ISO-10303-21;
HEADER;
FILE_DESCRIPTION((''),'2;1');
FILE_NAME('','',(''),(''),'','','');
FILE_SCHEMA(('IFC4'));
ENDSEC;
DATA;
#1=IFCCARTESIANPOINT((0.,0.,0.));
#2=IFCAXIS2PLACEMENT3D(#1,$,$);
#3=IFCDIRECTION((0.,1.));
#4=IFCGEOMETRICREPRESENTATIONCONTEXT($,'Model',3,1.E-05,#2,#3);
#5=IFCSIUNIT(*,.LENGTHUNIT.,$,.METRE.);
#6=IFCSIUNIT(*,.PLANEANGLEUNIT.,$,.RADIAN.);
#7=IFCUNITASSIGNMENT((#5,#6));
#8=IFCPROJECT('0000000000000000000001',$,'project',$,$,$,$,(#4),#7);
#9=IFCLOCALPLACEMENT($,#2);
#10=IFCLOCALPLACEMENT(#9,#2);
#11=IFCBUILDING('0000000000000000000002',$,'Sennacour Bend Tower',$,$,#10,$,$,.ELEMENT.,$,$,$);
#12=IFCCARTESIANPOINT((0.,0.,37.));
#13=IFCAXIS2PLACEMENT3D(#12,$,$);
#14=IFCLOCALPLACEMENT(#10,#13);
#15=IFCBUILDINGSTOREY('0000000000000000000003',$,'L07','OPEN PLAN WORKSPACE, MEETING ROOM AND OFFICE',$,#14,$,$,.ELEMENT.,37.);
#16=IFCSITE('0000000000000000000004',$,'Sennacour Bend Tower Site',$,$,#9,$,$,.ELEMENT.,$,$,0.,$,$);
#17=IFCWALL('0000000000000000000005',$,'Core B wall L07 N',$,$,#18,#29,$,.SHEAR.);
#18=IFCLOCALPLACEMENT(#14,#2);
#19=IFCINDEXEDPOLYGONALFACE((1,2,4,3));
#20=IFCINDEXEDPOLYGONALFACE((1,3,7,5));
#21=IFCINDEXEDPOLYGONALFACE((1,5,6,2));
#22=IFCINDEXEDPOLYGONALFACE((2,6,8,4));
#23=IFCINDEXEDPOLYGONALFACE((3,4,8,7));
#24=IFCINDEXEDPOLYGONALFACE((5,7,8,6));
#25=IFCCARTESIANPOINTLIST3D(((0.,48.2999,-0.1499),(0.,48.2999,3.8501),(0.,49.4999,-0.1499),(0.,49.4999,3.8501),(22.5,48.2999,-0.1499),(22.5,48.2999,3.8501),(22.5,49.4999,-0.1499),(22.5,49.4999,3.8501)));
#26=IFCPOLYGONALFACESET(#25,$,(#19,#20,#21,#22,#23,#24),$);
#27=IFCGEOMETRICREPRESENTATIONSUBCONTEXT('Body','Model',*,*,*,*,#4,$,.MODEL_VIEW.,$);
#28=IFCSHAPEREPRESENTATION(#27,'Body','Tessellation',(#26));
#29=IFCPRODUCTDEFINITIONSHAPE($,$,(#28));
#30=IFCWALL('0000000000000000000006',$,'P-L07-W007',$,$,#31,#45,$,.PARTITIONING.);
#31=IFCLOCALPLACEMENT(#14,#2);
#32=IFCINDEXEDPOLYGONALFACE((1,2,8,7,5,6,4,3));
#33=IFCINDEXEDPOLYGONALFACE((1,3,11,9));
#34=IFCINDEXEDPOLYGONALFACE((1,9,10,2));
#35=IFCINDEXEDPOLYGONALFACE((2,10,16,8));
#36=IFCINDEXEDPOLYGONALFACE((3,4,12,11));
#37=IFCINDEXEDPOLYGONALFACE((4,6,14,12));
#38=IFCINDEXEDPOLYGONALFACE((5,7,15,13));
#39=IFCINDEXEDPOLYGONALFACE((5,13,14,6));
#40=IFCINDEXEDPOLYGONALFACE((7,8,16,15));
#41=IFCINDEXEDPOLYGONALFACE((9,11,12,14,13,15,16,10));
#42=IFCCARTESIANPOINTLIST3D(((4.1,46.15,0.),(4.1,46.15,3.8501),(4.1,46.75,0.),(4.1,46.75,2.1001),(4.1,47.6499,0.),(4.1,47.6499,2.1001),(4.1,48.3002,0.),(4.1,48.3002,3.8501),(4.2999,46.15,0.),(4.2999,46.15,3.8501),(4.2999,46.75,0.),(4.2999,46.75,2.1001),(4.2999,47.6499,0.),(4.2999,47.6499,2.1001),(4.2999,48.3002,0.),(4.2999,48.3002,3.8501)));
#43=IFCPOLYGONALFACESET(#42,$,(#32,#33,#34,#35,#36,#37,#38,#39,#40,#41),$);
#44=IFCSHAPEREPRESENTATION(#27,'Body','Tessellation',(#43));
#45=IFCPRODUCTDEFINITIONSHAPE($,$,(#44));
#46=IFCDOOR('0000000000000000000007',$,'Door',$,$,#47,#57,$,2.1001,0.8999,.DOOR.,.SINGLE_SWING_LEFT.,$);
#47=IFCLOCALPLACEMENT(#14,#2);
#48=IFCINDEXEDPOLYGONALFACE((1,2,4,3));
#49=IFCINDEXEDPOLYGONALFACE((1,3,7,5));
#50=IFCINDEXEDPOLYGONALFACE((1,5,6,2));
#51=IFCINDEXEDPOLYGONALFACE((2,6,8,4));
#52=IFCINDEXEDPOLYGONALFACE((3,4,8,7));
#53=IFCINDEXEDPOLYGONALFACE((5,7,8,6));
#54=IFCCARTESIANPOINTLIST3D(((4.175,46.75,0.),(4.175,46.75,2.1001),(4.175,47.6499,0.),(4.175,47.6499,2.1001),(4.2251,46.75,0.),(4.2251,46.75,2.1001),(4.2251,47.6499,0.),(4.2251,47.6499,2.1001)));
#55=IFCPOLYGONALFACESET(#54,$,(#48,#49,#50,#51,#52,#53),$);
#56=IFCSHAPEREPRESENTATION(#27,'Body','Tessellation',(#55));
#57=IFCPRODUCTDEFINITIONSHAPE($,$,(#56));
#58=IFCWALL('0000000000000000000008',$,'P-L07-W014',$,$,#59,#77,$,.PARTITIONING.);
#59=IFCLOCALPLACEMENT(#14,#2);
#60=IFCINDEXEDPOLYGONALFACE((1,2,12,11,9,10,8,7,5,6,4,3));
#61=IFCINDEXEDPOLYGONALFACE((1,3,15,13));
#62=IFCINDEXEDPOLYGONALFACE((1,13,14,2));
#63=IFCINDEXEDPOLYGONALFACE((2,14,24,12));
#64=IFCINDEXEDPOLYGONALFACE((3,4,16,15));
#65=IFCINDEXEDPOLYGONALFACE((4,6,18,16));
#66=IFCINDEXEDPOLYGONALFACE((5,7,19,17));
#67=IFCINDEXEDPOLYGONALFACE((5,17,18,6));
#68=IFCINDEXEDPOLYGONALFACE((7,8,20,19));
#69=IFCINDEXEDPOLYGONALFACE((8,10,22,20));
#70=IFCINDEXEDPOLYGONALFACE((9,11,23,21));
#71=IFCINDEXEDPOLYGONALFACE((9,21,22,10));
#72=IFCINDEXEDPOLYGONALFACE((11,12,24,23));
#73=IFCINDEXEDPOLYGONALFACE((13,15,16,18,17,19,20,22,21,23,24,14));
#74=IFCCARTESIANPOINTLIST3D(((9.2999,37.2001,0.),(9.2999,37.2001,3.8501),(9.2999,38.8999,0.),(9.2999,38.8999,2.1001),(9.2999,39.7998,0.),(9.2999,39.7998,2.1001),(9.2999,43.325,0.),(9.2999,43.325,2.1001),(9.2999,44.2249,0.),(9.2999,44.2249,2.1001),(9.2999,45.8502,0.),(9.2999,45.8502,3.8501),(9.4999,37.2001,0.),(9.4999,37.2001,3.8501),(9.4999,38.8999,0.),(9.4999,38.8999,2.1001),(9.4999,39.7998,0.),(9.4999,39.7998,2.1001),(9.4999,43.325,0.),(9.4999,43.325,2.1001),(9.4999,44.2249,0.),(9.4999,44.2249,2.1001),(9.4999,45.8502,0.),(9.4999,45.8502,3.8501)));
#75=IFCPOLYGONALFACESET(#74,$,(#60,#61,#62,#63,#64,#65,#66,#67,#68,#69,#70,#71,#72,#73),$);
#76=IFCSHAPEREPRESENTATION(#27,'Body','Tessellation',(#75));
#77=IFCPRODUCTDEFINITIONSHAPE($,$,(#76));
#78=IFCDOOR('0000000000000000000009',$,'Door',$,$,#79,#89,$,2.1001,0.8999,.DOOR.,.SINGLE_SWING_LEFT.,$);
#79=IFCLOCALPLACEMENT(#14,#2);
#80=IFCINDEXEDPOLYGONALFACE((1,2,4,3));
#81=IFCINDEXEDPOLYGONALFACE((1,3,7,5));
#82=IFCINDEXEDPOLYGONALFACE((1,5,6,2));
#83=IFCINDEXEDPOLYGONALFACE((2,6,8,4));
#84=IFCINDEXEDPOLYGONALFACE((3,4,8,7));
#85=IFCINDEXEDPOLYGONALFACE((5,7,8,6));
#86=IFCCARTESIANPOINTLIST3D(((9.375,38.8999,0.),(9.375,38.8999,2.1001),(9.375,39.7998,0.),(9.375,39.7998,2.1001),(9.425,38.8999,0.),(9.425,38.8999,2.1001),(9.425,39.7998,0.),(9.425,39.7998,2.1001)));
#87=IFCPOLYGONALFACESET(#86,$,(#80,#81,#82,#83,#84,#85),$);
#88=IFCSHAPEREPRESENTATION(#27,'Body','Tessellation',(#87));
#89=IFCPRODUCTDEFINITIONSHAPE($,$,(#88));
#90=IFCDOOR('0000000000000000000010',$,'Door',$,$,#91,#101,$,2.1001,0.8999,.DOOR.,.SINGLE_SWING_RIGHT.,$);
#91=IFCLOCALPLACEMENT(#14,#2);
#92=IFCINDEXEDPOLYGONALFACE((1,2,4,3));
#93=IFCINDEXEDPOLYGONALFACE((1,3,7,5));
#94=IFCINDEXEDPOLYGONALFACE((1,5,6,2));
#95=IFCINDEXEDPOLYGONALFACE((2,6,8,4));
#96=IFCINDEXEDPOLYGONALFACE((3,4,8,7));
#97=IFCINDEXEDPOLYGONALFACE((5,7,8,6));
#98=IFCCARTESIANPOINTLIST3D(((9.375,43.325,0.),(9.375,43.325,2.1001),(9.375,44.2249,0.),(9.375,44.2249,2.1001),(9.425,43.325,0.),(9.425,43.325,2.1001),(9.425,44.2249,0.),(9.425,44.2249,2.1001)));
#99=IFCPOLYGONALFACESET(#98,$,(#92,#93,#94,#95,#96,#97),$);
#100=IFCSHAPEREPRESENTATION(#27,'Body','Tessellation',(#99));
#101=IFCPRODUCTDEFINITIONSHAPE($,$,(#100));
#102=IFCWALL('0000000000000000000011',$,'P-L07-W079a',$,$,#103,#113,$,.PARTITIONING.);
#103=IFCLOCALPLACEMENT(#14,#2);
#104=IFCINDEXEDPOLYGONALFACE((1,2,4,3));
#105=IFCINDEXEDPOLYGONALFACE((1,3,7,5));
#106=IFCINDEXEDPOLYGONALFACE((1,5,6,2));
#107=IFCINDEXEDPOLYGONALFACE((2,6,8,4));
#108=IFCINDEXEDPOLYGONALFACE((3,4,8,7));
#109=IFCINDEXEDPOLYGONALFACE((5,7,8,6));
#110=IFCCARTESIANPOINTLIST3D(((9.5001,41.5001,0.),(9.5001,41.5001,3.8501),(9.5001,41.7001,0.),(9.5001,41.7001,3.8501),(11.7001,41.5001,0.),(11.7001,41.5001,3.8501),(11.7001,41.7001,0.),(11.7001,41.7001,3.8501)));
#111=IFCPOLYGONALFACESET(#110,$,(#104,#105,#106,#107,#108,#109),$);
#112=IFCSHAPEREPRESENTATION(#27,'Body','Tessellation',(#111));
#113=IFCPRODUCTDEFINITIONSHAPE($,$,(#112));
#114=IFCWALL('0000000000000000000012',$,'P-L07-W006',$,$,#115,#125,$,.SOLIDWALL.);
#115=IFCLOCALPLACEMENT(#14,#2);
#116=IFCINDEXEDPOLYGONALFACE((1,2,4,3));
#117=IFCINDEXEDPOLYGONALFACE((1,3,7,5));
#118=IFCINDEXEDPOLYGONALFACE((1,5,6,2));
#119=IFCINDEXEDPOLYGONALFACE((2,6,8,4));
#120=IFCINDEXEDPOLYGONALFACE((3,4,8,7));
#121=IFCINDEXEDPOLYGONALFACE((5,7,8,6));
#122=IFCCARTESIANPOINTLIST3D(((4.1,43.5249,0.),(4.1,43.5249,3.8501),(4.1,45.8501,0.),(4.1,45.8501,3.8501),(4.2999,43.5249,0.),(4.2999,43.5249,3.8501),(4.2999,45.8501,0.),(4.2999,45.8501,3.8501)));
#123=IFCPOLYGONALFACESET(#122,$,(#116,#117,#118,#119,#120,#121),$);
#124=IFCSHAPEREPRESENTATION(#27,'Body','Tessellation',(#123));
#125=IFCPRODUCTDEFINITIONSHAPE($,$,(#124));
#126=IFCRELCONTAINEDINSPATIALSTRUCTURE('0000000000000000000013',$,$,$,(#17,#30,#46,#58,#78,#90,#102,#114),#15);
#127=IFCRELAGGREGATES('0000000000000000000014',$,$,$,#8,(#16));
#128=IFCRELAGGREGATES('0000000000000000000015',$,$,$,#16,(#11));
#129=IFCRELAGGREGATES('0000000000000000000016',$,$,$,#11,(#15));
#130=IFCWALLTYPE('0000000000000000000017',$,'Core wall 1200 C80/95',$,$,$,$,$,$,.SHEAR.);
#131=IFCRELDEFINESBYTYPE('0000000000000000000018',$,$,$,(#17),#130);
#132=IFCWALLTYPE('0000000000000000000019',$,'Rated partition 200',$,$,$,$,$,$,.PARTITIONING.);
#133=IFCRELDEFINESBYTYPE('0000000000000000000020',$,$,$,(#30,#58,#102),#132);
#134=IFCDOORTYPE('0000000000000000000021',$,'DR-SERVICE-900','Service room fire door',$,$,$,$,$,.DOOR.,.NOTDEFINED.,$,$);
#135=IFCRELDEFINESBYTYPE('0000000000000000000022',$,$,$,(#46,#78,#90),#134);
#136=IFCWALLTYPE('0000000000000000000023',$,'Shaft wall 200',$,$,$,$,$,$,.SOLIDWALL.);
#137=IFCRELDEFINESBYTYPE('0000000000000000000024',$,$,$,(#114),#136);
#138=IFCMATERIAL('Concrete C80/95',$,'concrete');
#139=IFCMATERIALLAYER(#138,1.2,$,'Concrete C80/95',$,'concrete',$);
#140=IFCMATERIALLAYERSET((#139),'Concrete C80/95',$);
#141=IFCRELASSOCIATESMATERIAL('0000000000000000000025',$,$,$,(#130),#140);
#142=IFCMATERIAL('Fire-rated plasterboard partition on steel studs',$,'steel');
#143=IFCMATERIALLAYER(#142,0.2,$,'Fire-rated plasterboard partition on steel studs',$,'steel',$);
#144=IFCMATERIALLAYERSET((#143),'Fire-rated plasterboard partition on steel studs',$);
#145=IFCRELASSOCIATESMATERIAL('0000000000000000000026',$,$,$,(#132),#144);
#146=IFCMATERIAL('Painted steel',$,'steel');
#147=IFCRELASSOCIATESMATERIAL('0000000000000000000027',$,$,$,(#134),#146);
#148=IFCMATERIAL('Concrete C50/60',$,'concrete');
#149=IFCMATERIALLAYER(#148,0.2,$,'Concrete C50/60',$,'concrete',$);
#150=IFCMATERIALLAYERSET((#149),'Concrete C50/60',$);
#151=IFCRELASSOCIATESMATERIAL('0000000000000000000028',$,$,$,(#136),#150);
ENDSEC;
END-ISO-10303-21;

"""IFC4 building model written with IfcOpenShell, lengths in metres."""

from ifc_helpers import new_model, si_unit, direction, frame, frame_2d, origin, place, context, subcontext, project, spatial, rectangle, extrude, material, layer, layer_set, type_object, element, fill, save


model = new_model("IFC4")

# Units and contexts
model_context = context("Model", 3, precision=1e-05, world=origin(), true_north=direction((0.0, 1.0)))
body_context = subcontext(model_context, "Body", "Model", "MODEL_VIEW")
ifc_project = project(units=[si_unit("LENGTHUNIT", "METRE"), si_unit("PLANEANGLEUNIT", "RADIAN")], contexts=[model_context])

# Site, building, storey
site_placement = place(None, origin())
site = spatial("IfcSite", under=ifc_project, at=site_placement, Name="Sennacour Bend Tower Site", CompositionType="ELEMENT", RefElevation=0.0)
building_placement = place(site_placement, origin())
building = spatial("IfcBuilding", under=site, at=building_placement, Name="Sennacour Bend Tower", CompositionType="ELEMENT")
storey_placement = place(building_placement, frame((0.0, 0.0, 37.0)))
storey = spatial("IfcBuildingStorey", under=building, at=storey_placement, Name="L07", Description="OPEN PLAN WORKSPACE, MEETING ROOM AND OFFICE", CompositionType="ELEMENT", Elevation=37.0)

# Wall
ifc_material_1 = material(Name="Concrete C80/95", Category="concrete")
ifc_layer_1 = layer(ifc_material_1, 1.2, Name="Concrete C80/95", Category="concrete")
ifc_layer_set_1 = layer_set([ifc_layer_1], Name="Concrete C80/95")
wall_type_1 = type_object("IfcWallType", Name="Core wall 1200 C80/95", PredefinedType="SHEAR", material=ifc_layer_set_1)
wall_1_placement = place(storey_placement, frame((0.0, 48.8999, -0.1499), z_axis=(0.0, 0.0, 1.0), x_axis=(1.0, 0.0, 0.0)))
element("IfcWall", 1, at=wall_1_placement, inside=storey, type_object=wall_type_1, Name="Core B wall L07 N", PredefinedType="SHEAR", context=body_context, shape_type="SweptSolid", body=[
    extrude(rectangle(XDim=22.5, YDim=1.2, at=frame_2d((11.25, 0.0))), origin(), (0.0, 0.0, 1.0), 4.0),
])

# Wall, opening, door
ifc_material_2 = material(Name="Fire-rated plasterboard partition on steel studs", Category="steel")
ifc_layer_2 = layer(ifc_material_2, 0.2, Name="Fire-rated plasterboard partition on steel studs", Category="steel")
ifc_layer_set_2 = layer_set([ifc_layer_2], Name="Fire-rated plasterboard partition on steel studs")
wall_type_2 = type_object("IfcWallType", Name="Rated partition 200", PredefinedType="PARTITIONING", material=ifc_layer_set_2)
wall_2_placement = place(storey_placement, frame((4.2, 46.1499, 0.0), z_axis=(0.0, 0.0, 1.0), x_axis=(0.0, 1.0, 0.0)))
wall_2 = element("IfcWall", 2, at=wall_2_placement, inside=storey, type_object=wall_type_2, Name="P-L07-W007", PredefinedType="PARTITIONING", context=body_context, shape_type="SweptSolid", body=[
    extrude(rectangle(XDim=2.1501, YDim=0.2, at=frame_2d((1.0752, 0.0))), origin(), (0.0, 0.0, 1.0), 3.8501),
])
opening_1_placement = place(wall_2_placement, frame((0.6001, 0.0, 0.0)))
opening_1 = element("IfcOpeningElement", 3, at=opening_1_placement, cuts=wall_2, PredefinedType="OPENING", context=body_context, shape_type="SweptSolid", body=[
    extrude(rectangle(XDim=0.8999, YDim=2.1001, at=frame_2d((0.45, 1.05))), frame((0.0, 0.1099, 0.0), z_axis=(0.0, -1.0, 0.0), x_axis=(1.0, 0.0, 0.0)), (0.0, 0.0, 1.0), 0.22),
])
ifc_material_3 = material(Name="Painted steel", Category="steel")
door_type_1 = type_object("IfcDoorType", Name="DR-SERVICE-900", Description="Service room fire door", OperationType="NOTDEFINED", PredefinedType="DOOR", material=ifc_material_3)
door_1_placement = place(opening_1_placement, origin())
door_1 = element("IfcDoor", 4, at=door_1_placement, inside=storey, type_object=door_type_1, Name="Door", OperationType="SINGLE_SWING_LEFT", OverallHeight=2.1001, OverallWidth=0.8999, PredefinedType="DOOR", context=body_context, shape_type="SweptSolid", body=[
    extrude(rectangle(XDim=0.8999, YDim=2.1001, at=frame_2d((0.45, 1.05))), frame((0.0, 0.0249, 0.0), z_axis=(0.0, -1.0, 0.0), x_axis=(1.0, 0.0, 0.0)), (0.0, 0.0, 1.0), 0.05),
])
fill(opening_1, door_1)

# Wall, openings, doors
wall_3_placement = place(storey_placement, frame((9.3999, 37.2, 0.0), z_axis=(0.0, 0.0, 1.0), x_axis=(0.0, 1.0, 0.0)))
wall_3 = element("IfcWall", 5, at=wall_3_placement, inside=storey, type_object=wall_type_2, Name="P-L07-W014", PredefinedType="PARTITIONING", context=body_context, shape_type="SweptSolid", body=[
    extrude(rectangle(XDim=8.6501, YDim=0.2, at=frame_2d((4.3252, 0.0))), origin(), (0.0, 0.0, 1.0), 3.8501),
])
opening_2_placement = place(wall_3_placement, frame((1.7, 0.0, 0.0)))
opening_2 = element("IfcOpeningElement", 6, at=opening_2_placement, cuts=wall_3, PredefinedType="OPENING", context=body_context, shape_type="SweptSolid", body=[
    extrude(rectangle(XDim=0.8999, YDim=2.1001, at=frame_2d((0.45, 1.05))), frame((0.0, 0.1099, 0.0), z_axis=(0.0, -1.0, 0.0), x_axis=(1.0, 0.0, 0.0)), (0.0, 0.0, 1.0), 0.22),
])
opening_3_placement = place(wall_3_placement, frame((6.125, 0.0, 0.0)))
opening_3 = element("IfcOpeningElement", 7, at=opening_3_placement, cuts=wall_3, PredefinedType="OPENING", context=body_context, shape_type="SweptSolid", body=[
    extrude(rectangle(XDim=0.8999, YDim=2.1001, at=frame_2d((0.45, 1.05))), frame((0.0, 0.1099, 0.0), z_axis=(0.0, -1.0, 0.0), x_axis=(1.0, 0.0, 0.0)), (0.0, 0.0, 1.0), 0.22),
])
door_2_placement = place(opening_2_placement, origin())
door_2 = element("IfcDoor", 8, at=door_2_placement, inside=storey, type_object=door_type_1, Name="Door", OperationType="SINGLE_SWING_LEFT", OverallHeight=2.1001, OverallWidth=0.8999, PredefinedType="DOOR", context=body_context, shape_type="SweptSolid", body=[
    extrude(rectangle(XDim=0.8999, YDim=2.1001, at=frame_2d((0.45, 1.05))), frame((0.0, 0.0249, 0.0), z_axis=(0.0, -1.0, 0.0), x_axis=(1.0, 0.0, 0.0)), (0.0, 0.0, 1.0), 0.05),
])
fill(opening_2, door_2)
door_3_placement = place(opening_3_placement, origin())
door_3 = element("IfcDoor", 9, at=door_3_placement, inside=storey, type_object=door_type_1, Name="Door", OperationType="SINGLE_SWING_RIGHT", OverallHeight=2.1001, OverallWidth=0.8999, PredefinedType="DOOR", context=body_context, shape_type="SweptSolid", body=[
    extrude(rectangle(XDim=0.8999, YDim=2.1001, at=frame_2d((0.45, 1.05))), frame((0.0, 0.0249, 0.0), z_axis=(0.0, -1.0, 0.0), x_axis=(1.0, 0.0, 0.0)), (0.0, 0.0, 1.0), 0.05),
])
fill(opening_3, door_3)

# Walls
wall_4_placement = place(storey_placement, frame((9.5, 41.6001, 0.0), z_axis=(0.0, 0.0, 1.0), x_axis=(1.0, 0.0, 0.0)))
element("IfcWall", 10, at=wall_4_placement, inside=storey, type_object=wall_type_2, Name="P-L07-W079a", PredefinedType="PARTITIONING", context=body_context, shape_type="SweptSolid", body=[
    extrude(rectangle(XDim=2.2, YDim=0.2, at=frame_2d((1.1001, 0.0))), origin(), (0.0, 0.0, 1.0), 3.8501),
])
ifc_material_4 = material(Name="Concrete C50/60", Category="concrete")
ifc_layer_3 = layer(ifc_material_4, 0.2, Name="Concrete C50/60", Category="concrete")
ifc_layer_set_3 = layer_set([ifc_layer_3], Name="Concrete C50/60")
wall_type_3 = type_object("IfcWallType", Name="Shaft wall 200", PredefinedType="SOLIDWALL", material=ifc_layer_set_3)
wall_5_placement = place(storey_placement, frame((4.2, 43.5249, 0.0), z_axis=(0.0, 0.0, 1.0), x_axis=(0.0, 1.0, 0.0)))
element("IfcWall", 11, at=wall_5_placement, inside=storey, type_object=wall_type_3, Name="P-L07-W006", PredefinedType="SOLIDWALL", context=body_context, shape_type="SweptSolid", body=[
    extrude(rectangle(XDim=2.3252, YDim=0.2, at=frame_2d((1.1626, 0.0))), origin(), (0.0, 0.0, 1.0), 3.8501),
])

save(model, "model.ifc")
